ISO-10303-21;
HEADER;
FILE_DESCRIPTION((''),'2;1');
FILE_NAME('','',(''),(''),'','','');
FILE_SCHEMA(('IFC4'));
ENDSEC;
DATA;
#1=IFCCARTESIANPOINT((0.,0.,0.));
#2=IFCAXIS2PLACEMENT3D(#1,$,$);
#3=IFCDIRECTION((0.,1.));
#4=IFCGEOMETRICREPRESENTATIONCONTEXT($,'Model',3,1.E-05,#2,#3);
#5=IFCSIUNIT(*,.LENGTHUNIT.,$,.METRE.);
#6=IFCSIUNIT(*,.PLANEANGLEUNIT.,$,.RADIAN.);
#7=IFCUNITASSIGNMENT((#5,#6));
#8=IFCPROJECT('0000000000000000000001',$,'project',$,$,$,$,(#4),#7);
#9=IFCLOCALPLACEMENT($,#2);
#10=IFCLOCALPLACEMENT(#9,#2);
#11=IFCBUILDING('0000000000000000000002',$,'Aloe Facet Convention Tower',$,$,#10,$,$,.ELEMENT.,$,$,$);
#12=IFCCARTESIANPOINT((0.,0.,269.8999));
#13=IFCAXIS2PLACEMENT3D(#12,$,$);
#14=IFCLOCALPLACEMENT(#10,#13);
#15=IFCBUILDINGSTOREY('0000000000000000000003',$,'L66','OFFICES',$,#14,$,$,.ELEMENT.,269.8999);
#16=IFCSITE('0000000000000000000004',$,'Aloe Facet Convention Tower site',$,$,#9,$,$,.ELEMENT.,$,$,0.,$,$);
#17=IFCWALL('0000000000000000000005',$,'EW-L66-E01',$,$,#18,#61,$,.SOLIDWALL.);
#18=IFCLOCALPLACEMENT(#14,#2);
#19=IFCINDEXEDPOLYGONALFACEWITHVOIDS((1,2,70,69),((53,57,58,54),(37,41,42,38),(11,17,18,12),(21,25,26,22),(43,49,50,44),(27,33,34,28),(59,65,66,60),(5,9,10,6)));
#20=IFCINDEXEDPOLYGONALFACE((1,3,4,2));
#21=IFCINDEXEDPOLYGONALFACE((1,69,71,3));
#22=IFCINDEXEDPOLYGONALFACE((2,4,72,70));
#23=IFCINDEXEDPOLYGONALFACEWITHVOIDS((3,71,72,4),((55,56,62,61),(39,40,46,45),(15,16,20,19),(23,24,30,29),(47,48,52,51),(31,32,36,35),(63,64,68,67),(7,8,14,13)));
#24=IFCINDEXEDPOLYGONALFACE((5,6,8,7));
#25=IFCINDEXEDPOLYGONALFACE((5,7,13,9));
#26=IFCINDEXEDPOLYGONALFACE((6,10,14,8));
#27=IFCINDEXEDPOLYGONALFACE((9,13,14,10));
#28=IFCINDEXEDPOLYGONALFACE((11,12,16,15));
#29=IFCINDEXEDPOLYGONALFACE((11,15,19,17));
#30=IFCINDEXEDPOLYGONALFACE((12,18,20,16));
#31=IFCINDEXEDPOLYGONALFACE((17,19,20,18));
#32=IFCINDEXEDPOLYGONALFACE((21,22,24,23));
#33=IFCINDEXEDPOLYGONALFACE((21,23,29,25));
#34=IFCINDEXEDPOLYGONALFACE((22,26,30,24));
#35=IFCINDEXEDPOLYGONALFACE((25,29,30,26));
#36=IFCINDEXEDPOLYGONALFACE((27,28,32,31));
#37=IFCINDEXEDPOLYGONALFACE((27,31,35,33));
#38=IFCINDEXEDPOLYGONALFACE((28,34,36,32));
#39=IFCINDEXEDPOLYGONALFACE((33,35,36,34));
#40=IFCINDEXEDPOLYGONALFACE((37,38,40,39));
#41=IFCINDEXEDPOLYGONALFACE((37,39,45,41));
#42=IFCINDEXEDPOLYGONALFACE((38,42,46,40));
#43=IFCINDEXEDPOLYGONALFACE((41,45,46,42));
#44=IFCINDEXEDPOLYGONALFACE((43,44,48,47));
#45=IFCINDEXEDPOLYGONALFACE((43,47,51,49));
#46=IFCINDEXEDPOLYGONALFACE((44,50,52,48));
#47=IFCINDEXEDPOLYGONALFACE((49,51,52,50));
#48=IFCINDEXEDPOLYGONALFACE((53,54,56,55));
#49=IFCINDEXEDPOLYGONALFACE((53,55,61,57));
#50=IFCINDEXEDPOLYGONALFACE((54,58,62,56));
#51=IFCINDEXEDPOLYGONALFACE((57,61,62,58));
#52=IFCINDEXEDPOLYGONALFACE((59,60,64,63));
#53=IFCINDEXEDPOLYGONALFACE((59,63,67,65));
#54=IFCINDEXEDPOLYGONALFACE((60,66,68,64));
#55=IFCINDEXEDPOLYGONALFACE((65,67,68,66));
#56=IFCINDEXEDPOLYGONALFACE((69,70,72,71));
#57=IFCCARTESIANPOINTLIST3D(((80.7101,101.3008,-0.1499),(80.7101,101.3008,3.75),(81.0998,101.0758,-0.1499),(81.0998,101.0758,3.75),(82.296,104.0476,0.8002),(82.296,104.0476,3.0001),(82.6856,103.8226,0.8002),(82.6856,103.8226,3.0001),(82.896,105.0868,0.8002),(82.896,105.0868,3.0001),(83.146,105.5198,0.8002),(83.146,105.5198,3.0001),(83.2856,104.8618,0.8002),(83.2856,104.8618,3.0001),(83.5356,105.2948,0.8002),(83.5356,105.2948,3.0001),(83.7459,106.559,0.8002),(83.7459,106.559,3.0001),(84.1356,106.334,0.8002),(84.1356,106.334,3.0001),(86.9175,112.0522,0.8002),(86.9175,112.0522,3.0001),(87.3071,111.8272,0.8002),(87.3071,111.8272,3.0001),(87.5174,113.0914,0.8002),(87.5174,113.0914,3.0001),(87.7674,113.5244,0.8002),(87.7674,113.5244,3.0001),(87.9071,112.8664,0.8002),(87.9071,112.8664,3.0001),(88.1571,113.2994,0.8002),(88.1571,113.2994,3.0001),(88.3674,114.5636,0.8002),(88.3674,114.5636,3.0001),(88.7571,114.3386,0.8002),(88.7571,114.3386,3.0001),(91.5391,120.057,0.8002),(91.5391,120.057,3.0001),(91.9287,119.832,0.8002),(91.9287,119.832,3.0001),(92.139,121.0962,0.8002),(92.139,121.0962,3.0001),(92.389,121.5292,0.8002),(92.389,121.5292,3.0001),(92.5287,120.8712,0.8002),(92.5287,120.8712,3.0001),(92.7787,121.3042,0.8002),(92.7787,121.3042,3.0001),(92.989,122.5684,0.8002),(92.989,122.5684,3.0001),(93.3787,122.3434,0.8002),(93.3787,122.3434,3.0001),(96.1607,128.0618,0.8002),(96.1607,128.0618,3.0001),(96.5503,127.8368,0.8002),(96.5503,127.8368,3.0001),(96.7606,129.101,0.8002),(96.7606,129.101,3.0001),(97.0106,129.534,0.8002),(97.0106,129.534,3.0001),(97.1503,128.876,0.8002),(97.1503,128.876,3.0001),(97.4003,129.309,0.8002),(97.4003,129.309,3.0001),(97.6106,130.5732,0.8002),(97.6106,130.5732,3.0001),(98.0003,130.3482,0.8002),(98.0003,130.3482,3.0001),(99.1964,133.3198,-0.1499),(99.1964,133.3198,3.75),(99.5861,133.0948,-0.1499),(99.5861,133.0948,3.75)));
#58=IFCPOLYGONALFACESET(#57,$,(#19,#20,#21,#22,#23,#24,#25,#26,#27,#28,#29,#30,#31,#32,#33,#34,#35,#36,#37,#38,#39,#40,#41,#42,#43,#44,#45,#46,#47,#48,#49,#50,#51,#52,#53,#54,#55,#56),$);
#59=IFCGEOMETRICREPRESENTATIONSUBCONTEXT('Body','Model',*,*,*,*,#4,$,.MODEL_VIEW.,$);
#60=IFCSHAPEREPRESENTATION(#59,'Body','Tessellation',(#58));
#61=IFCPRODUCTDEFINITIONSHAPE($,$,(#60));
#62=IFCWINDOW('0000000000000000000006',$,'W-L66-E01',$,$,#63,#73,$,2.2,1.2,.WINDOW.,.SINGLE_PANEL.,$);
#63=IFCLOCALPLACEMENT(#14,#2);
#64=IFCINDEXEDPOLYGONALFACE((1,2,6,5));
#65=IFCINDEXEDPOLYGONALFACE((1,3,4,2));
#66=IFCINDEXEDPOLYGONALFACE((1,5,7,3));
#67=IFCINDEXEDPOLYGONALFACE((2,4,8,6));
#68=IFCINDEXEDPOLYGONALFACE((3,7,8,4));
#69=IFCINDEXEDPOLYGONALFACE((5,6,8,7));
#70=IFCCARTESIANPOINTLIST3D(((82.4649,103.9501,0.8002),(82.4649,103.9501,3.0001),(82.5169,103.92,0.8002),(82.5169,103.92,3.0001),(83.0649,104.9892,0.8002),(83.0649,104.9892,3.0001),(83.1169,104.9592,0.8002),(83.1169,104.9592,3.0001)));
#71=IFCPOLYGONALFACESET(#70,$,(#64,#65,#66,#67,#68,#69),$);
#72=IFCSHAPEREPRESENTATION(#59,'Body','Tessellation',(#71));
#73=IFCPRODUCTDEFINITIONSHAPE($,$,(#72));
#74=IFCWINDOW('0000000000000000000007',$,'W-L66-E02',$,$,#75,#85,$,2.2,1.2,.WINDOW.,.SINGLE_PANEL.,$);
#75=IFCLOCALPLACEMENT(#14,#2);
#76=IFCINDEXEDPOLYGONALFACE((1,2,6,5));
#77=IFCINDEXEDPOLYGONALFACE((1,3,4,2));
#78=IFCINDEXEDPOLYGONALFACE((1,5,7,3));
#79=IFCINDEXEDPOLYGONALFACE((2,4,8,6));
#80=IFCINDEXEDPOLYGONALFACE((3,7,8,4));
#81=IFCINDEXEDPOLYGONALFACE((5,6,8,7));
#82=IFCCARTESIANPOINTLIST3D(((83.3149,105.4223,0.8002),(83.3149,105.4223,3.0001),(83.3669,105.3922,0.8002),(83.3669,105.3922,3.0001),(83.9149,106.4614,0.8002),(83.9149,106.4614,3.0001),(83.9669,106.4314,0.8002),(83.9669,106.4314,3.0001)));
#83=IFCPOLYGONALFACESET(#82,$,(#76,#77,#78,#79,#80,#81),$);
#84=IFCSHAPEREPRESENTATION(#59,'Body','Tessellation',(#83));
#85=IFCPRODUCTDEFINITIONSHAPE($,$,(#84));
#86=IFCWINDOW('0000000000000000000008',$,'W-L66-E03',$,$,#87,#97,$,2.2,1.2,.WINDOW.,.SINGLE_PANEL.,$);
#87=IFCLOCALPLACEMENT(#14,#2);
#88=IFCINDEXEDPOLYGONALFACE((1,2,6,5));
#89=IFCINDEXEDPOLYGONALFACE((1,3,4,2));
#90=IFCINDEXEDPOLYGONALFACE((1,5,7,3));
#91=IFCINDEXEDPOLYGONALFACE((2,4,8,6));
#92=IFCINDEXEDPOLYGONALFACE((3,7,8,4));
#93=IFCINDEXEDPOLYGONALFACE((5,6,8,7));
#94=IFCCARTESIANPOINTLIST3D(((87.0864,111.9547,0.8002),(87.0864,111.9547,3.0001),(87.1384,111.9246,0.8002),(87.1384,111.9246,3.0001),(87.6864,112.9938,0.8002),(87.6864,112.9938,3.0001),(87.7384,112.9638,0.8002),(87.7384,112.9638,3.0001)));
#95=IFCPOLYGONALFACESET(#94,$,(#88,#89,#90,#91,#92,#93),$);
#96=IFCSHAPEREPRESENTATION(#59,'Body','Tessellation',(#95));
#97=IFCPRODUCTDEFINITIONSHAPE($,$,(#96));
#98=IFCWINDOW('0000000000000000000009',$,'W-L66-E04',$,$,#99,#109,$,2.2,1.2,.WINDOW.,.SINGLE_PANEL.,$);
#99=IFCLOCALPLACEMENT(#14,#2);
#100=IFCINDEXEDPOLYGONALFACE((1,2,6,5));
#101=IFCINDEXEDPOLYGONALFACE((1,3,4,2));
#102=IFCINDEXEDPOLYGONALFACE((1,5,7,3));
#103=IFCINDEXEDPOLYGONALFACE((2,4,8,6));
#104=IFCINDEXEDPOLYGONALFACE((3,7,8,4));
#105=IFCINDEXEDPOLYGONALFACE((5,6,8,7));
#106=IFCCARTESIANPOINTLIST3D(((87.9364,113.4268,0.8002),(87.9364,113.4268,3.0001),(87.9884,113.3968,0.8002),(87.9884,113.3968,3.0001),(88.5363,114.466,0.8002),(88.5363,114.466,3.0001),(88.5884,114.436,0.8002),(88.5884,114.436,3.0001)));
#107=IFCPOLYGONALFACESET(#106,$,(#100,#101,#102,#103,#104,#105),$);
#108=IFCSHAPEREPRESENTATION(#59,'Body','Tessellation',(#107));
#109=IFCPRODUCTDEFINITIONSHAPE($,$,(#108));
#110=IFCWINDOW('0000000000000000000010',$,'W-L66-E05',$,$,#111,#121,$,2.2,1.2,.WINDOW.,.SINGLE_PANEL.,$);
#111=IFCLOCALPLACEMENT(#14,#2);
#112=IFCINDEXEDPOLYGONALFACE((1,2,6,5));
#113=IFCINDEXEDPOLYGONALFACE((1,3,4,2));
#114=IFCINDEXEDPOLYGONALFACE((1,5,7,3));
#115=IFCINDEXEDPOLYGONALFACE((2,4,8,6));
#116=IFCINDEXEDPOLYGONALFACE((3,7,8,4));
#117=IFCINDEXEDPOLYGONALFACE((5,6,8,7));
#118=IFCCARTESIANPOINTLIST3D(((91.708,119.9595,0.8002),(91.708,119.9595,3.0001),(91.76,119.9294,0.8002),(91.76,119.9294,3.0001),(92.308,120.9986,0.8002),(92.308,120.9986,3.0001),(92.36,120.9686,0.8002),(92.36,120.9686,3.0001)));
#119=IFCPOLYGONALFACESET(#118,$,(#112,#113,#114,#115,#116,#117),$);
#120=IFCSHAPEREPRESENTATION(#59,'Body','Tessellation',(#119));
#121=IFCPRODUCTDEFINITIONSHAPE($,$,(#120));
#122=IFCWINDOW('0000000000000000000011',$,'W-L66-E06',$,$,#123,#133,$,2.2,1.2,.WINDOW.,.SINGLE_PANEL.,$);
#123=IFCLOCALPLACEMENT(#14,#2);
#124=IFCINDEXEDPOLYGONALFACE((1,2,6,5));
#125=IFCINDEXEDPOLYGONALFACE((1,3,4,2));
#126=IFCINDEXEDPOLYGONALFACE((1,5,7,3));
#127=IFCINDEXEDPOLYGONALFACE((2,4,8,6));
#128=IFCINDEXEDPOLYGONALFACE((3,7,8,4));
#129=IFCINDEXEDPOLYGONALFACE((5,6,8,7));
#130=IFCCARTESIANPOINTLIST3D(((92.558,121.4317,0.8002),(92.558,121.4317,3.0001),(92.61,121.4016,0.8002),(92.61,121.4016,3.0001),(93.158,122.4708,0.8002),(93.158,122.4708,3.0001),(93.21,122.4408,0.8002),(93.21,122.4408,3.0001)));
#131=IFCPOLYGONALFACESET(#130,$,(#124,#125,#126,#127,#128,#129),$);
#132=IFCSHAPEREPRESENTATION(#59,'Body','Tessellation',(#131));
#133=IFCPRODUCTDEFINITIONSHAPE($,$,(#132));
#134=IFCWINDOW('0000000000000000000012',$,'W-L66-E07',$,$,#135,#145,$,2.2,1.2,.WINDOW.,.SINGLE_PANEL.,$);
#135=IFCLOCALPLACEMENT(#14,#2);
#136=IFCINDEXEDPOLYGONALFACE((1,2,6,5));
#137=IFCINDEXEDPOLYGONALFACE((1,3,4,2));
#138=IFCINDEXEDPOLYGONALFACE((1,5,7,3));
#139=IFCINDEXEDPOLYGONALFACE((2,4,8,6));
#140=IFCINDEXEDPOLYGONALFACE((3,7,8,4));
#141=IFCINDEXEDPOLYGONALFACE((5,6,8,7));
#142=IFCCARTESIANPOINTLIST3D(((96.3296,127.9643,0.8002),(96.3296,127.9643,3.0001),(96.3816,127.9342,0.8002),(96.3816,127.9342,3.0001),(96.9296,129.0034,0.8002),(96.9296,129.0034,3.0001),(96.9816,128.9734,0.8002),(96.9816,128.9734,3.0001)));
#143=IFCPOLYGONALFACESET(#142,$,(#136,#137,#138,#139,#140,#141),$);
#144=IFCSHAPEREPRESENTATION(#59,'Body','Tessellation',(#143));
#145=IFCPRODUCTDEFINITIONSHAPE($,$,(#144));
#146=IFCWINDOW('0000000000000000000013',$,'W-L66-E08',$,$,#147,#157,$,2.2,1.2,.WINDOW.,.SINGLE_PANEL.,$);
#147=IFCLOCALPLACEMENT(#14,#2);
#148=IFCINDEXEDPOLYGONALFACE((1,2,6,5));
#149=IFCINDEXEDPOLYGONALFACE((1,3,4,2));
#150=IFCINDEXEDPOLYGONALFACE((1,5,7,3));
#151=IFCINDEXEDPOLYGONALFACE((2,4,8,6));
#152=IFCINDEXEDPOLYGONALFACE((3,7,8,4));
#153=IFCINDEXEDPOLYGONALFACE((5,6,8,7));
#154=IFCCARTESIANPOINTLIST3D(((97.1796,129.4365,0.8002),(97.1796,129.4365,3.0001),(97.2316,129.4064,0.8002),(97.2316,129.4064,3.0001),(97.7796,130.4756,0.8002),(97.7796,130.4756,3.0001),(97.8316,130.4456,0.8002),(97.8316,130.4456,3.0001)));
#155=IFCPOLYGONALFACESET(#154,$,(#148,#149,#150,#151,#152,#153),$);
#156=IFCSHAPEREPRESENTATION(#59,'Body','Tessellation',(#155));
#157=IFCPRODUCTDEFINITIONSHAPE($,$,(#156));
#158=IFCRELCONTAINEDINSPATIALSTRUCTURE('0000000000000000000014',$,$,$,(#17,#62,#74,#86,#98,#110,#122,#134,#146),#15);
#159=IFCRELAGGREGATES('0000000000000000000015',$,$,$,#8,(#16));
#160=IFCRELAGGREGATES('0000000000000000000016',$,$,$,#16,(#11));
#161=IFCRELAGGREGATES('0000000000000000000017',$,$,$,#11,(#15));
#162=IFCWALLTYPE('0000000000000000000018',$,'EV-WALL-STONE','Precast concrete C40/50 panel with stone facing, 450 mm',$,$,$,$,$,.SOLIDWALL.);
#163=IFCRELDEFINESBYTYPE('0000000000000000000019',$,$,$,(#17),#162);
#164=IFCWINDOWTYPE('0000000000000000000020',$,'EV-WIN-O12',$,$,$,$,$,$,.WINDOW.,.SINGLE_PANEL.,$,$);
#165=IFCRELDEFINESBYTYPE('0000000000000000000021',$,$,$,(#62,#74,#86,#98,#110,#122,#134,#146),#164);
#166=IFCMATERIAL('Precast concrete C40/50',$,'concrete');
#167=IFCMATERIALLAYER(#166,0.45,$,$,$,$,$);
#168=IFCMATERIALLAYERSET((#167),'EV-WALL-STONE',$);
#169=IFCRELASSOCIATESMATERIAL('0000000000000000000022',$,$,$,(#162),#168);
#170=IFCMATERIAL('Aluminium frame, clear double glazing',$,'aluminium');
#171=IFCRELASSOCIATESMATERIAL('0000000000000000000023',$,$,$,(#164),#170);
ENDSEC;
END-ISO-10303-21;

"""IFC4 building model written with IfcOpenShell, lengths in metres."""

from ifc_helpers import new_model, si_unit, direction, frame, frame_2d, origin, place, context, subcontext, project, spatial, polyline, rectangle, outline, extrude, material, layer, layer_set, type_object, element, fill, save


model = new_model("IFC4")

# Units and contexts
model_context = context("Model", 3, precision=1e-05, world=origin(), true_north=direction((0.0, 1.0)))
body_context = subcontext(model_context, "Body", "Model", "MODEL_VIEW")
ifc_project = project(units=[si_unit("LENGTHUNIT", "METRE"), si_unit("PLANEANGLEUNIT", "RADIAN")], contexts=[model_context])

# Site, building, storey
site_placement = place(None, origin())
site = spatial("IfcSite", under=ifc_project, at=site_placement, Name="Aloe Facet Convention Tower site", CompositionType="ELEMENT", RefElevation=0.0)
building_placement = place(site_placement, origin())
building = spatial("IfcBuilding", under=site, at=building_placement, Name="Aloe Facet Convention Tower", CompositionType="ELEMENT")
storey_placement = place(building_placement, frame((0.0, 0.0, 269.8999)))
storey = spatial("IfcBuildingStorey", under=building, at=storey_placement, Name="L66", Description="OFFICES", CompositionType="ELEMENT", Elevation=269.8999)

# Wall, openings, windows
ifc_material_1 = material(Name="Precast concrete C40/50", Category="concrete")
ifc_layer_1 = layer(ifc_material_1, 0.45)
ifc_layer_set_1 = layer_set([ifc_layer_1], Name="EV-WALL-STONE")
wall_type_1 = type_object("IfcWallType", Name="EV-WALL-STONE", Description="Precast concrete C40/50 panel with stone facing, 450 mm", PredefinedType="SOLIDWALL", material=ifc_layer_set_1)
wall_1_placement = place(storey_placement, frame((80.905, 101.1882, -0.1499), z_axis=(0.0, 0.0, 1.0), x_axis=(0.500003, 0.866024, 0.0)))
wall_1 = element("IfcWall", 1, at=wall_1_placement, inside=storey, type_object=wall_type_1, Name="EW-L66-E01", PredefinedType="SOLIDWALL", context=body_context, shape_type="SweptSolid", body=[
    extrude(outline(polyline([(36.9724, 0.0), (36.9724, 3.8999), (0.0, 3.8999), (0.0, 0.0), (36.9724, 0.0)])), frame((0.0, 0.2251, 0.0), z_axis=(0.0, -1.0, 0.0), x_axis=(1.0, 0.0, 0.0)), (0.0, 0.0, 1.0), 0.45),
])
opening_1_placement = place(wall_1_placement, frame((3.1716, 0.0, 0.95)))
opening_1 = element("IfcOpeningElement", 2, at=opening_1_placement, cuts=wall_1, PredefinedType="OPENING", context=body_context, shape_type="SweptSolid", body=[
    extrude(rectangle(XDim=1.2, YDim=2.2, at=frame_2d((0.6001, 1.1001))), frame((0.0, 0.2349, 0.0), z_axis=(0.0, -1.0, 0.0), x_axis=(1.0, 0.0, 0.0)), (0.0, 0.0, 1.0), 0.47),
])
opening_2_placement = place(wall_1_placement, frame((4.8716, 0.0, 0.95)))
opening_2 = element("IfcOpeningElement", 3, at=opening_2_placement, cuts=wall_1, PredefinedType="OPENING", context=body_context, shape_type="SweptSolid", body=[
    extrude(rectangle(XDim=1.2, YDim=2.2, at=frame_2d((0.6001, 1.1001))), frame((0.0, 0.2349, 0.0), z_axis=(0.0, -1.0, 0.0), x_axis=(1.0, 0.0, 0.0)), (0.0, 0.0, 1.0), 0.47),
])
opening_3_placement = place(wall_1_placement, frame((12.4146, 0.0, 0.95)))
opening_3 = element("IfcOpeningElement", 4, at=opening_3_placement, cuts=wall_1, PredefinedType="OPENING", context=body_context, shape_type="SweptSolid", body=[
    extrude(rectangle(XDim=1.2, YDim=2.2, at=frame_2d((0.6001, 1.1001))), frame((0.0, 0.2349, 0.0), z_axis=(0.0, -1.0, 0.0), x_axis=(1.0, 0.0, 0.0)), (0.0, 0.0, 1.0), 0.47),
])
opening_4_placement = place(wall_1_placement, frame((14.1145, 0.0, 0.95)))
opening_4 = element("IfcOpeningElement", 5, at=opening_4_placement, cuts=wall_1, PredefinedType="OPENING", context=body_context, shape_type="SweptSolid", body=[
    extrude(rectangle(XDim=1.2, YDim=2.2, at=frame_2d((0.6001, 1.1001))), frame((0.0, 0.2349, 0.0), z_axis=(0.0, -1.0, 0.0), x_axis=(1.0, 0.0, 0.0)), (0.0, 0.0, 1.0), 0.47),
])
opening_5_placement = place(wall_1_placement, frame((21.6577, 0.0, 0.95)))
opening_5 = element("IfcOpeningElement", 6, at=opening_5_placement, cuts=wall_1, PredefinedType="OPENING", context=body_context, shape_type="SweptSolid", body=[
    extrude(rectangle(XDim=1.2, YDim=2.2, at=frame_2d((0.6001, 1.1001))), frame((0.0, 0.2349, 0.0), z_axis=(0.0, -1.0, 0.0), x_axis=(1.0, 0.0, 0.0)), (0.0, 0.0, 1.0), 0.47),
])
opening_6_placement = place(wall_1_placement, frame((23.3577, 0.0, 0.95)))
opening_6 = element("IfcOpeningElement", 7, at=opening_6_placement, cuts=wall_1, PredefinedType="OPENING", context=body_context, shape_type="SweptSolid", body=[
    extrude(rectangle(XDim=1.2, YDim=2.2, at=frame_2d((0.6001, 1.1001))), frame((0.0, 0.2349, 0.0), z_axis=(0.0, -1.0, 0.0), x_axis=(1.0, 0.0, 0.0)), (0.0, 0.0, 1.0), 0.47),
])
opening_7_placement = place(wall_1_placement, frame((30.9009, 0.0, 0.95)))
opening_7 = element("IfcOpeningElement", 8, at=opening_7_placement, cuts=wall_1, PredefinedType="OPENING", context=body_context, shape_type="SweptSolid", body=[
    extrude(rectangle(XDim=1.2, YDim=2.2, at=frame_2d((0.6001, 1.1001))), frame((0.0, 0.2349, 0.0), z_axis=(0.0, -1.0, 0.0), x_axis=(1.0, 0.0, 0.0)), (0.0, 0.0, 1.0), 0.47),
])
opening_8_placement = place(wall_1_placement, frame((32.6008, 0.0, 0.95)))
opening_8 = element("IfcOpeningElement", 9, at=opening_8_placement, cuts=wall_1, PredefinedType="OPENING", context=body_context, shape_type="SweptSolid", body=[
    extrude(rectangle(XDim=1.2, YDim=2.2, at=frame_2d((0.6001, 1.1001))), frame((0.0, 0.2349, 0.0), z_axis=(0.0, -1.0, 0.0), x_axis=(1.0, 0.0, 0.0)), (0.0, 0.0, 1.0), 0.47),
])
ifc_material_2 = material(Name="Aluminium frame, clear double glazing", Category="aluminium")
window_type = type_object("IfcWindowType", Name="EV-WIN-O12", PartitioningType="SINGLE_PANEL", PredefinedType="WINDOW", material=ifc_material_2)
window_1_placement = place(opening_1_placement, origin())
window_1 = element("IfcWindow", 10, at=window_1_placement, inside=storey, type_object=window_type, Name="W-L66-E01", OverallHeight=2.2, OverallWidth=1.2, PartitioningType="SINGLE_PANEL", PredefinedType="WINDOW", context=body_context, shape_type="SweptSolid", body=[
    extrude(rectangle(XDim=1.2, YDim=2.2, at=frame_2d((0.6001, 1.1001))), frame((0.0, 0.03, 0.0), z_axis=(0.0, -1.0, 0.0), x_axis=(1.0, 0.0, 0.0)), (0.0, 0.0, 1.0), 0.0601),
])
fill(opening_1, window_1)
window_2_placement = place(opening_2_placement, origin())
window_2 = element("IfcWindow", 11, at=window_2_placement, inside=storey, type_object=window_type, Name="W-L66-E02", OverallHeight=2.2, OverallWidth=1.2, PartitioningType="SINGLE_PANEL", PredefinedType="WINDOW", context=body_context, shape_type="SweptSolid", body=[
    extrude(rectangle(XDim=1.2, YDim=2.2, at=frame_2d((0.6001, 1.1001))), frame((0.0, 0.03, 0.0), z_axis=(0.0, -1.0, 0.0), x_axis=(1.0, 0.0, 0.0)), (0.0, 0.0, 1.0), 0.0601),
])
fill(opening_2, window_2)
window_3_placement = place(opening_3_placement, origin())
window_3 = element("IfcWindow", 12, at=window_3_placement, inside=storey, type_object=window_type, Name="W-L66-E03", OverallHeight=2.2, OverallWidth=1.2, PartitioningType="SINGLE_PANEL", PredefinedType="WINDOW", context=body_context, shape_type="SweptSolid", body=[
    extrude(rectangle(XDim=1.2, YDim=2.2, at=frame_2d((0.6001, 1.1001))), frame((0.0, 0.03, 0.0), z_axis=(0.0, -1.0, 0.0), x_axis=(1.0, 0.0, 0.0)), (0.0, 0.0, 1.0), 0.0601),
])
fill(opening_3, window_3)
window_4_placement = place(opening_4_placement, origin())
window_4 = element("IfcWindow", 13, at=window_4_placement, inside=storey, type_object=window_type, Name="W-L66-E04", OverallHeight=2.2, OverallWidth=1.2, PartitioningType="SINGLE_PANEL", PredefinedType="WINDOW", context=body_context, shape_type="SweptSolid", body=[
    extrude(rectangle(XDim=1.2, YDim=2.2, at=frame_2d((0.6001, 1.1001))), frame((0.0, 0.03, 0.0), z_axis=(0.0, -1.0, 0.0), x_axis=(1.0, 0.0, 0.0)), (0.0, 0.0, 1.0), 0.0601),
])
fill(opening_4, window_4)
window_5_placement = place(opening_5_placement, origin())
window_5 = element("IfcWindow", 14, at=window_5_placement, inside=storey, type_object=window_type, Name="W-L66-E05", OverallHeight=2.2, OverallWidth=1.2, PartitioningType="SINGLE_PANEL", PredefinedType="WINDOW", context=body_context, shape_type="SweptSolid", body=[
    extrude(rectangle(XDim=1.2, YDim=2.2, at=frame_2d((0.6001, 1.1001))), frame((0.0, 0.03, 0.0), z_axis=(0.0, -1.0, 0.0), x_axis=(1.0, 0.0, 0.0)), (0.0, 0.0, 1.0), 0.0601),
])
fill(opening_5, window_5)
window_6_placement = place(opening_6_placement, origin())
window_6 = element("IfcWindow", 15, at=window_6_placement, inside=storey, type_object=window_type, Name="W-L66-E06", OverallHeight=2.2, OverallWidth=1.2, PartitioningType="SINGLE_PANEL", PredefinedType="WINDOW", context=body_context, shape_type="SweptSolid", body=[
    extrude(rectangle(XDim=1.2, YDim=2.2, at=frame_2d((0.6001, 1.1001))), frame((0.0, 0.03, 0.0), z_axis=(0.0, -1.0, 0.0), x_axis=(1.0, 0.0, 0.0)), (0.0, 0.0, 1.0), 0.0601),
])
fill(opening_6, window_6)
window_7_placement = place(opening_7_placement, origin())
window_7 = element("IfcWindow", 16, at=window_7_placement, inside=storey, type_object=window_type, Name="W-L66-E07", OverallHeight=2.2, OverallWidth=1.2, PartitioningType="SINGLE_PANEL", PredefinedType="WINDOW", context=body_context, shape_type="SweptSolid", body=[
    extrude(rectangle(XDim=1.2, YDim=2.2, at=frame_2d((0.6001, 1.1001))), frame((0.0, 0.03, 0.0), z_axis=(0.0, -1.0, 0.0), x_axis=(1.0, 0.0, 0.0)), (0.0, 0.0, 1.0), 0.0601),
])
fill(opening_7, window_7)
window_8_placement = place(opening_8_placement, origin())
window_8 = element("IfcWindow", 17, at=window_8_placement, inside=storey, type_object=window_type, Name="W-L66-E08", OverallHeight=2.2, OverallWidth=1.2, PartitioningType="SINGLE_PANEL", PredefinedType="WINDOW", context=body_context, shape_type="SweptSolid", body=[
    extrude(rectangle(XDim=1.2, YDim=2.2, at=frame_2d((0.6001, 1.1001))), frame((0.0, 0.03, 0.0), z_axis=(0.0, -1.0, 0.0), x_axis=(1.0, 0.0, 0.0)), (0.0, 0.0, 1.0), 0.0601),
])
fill(opening_8, window_8)

save(model, "model.ifc")
